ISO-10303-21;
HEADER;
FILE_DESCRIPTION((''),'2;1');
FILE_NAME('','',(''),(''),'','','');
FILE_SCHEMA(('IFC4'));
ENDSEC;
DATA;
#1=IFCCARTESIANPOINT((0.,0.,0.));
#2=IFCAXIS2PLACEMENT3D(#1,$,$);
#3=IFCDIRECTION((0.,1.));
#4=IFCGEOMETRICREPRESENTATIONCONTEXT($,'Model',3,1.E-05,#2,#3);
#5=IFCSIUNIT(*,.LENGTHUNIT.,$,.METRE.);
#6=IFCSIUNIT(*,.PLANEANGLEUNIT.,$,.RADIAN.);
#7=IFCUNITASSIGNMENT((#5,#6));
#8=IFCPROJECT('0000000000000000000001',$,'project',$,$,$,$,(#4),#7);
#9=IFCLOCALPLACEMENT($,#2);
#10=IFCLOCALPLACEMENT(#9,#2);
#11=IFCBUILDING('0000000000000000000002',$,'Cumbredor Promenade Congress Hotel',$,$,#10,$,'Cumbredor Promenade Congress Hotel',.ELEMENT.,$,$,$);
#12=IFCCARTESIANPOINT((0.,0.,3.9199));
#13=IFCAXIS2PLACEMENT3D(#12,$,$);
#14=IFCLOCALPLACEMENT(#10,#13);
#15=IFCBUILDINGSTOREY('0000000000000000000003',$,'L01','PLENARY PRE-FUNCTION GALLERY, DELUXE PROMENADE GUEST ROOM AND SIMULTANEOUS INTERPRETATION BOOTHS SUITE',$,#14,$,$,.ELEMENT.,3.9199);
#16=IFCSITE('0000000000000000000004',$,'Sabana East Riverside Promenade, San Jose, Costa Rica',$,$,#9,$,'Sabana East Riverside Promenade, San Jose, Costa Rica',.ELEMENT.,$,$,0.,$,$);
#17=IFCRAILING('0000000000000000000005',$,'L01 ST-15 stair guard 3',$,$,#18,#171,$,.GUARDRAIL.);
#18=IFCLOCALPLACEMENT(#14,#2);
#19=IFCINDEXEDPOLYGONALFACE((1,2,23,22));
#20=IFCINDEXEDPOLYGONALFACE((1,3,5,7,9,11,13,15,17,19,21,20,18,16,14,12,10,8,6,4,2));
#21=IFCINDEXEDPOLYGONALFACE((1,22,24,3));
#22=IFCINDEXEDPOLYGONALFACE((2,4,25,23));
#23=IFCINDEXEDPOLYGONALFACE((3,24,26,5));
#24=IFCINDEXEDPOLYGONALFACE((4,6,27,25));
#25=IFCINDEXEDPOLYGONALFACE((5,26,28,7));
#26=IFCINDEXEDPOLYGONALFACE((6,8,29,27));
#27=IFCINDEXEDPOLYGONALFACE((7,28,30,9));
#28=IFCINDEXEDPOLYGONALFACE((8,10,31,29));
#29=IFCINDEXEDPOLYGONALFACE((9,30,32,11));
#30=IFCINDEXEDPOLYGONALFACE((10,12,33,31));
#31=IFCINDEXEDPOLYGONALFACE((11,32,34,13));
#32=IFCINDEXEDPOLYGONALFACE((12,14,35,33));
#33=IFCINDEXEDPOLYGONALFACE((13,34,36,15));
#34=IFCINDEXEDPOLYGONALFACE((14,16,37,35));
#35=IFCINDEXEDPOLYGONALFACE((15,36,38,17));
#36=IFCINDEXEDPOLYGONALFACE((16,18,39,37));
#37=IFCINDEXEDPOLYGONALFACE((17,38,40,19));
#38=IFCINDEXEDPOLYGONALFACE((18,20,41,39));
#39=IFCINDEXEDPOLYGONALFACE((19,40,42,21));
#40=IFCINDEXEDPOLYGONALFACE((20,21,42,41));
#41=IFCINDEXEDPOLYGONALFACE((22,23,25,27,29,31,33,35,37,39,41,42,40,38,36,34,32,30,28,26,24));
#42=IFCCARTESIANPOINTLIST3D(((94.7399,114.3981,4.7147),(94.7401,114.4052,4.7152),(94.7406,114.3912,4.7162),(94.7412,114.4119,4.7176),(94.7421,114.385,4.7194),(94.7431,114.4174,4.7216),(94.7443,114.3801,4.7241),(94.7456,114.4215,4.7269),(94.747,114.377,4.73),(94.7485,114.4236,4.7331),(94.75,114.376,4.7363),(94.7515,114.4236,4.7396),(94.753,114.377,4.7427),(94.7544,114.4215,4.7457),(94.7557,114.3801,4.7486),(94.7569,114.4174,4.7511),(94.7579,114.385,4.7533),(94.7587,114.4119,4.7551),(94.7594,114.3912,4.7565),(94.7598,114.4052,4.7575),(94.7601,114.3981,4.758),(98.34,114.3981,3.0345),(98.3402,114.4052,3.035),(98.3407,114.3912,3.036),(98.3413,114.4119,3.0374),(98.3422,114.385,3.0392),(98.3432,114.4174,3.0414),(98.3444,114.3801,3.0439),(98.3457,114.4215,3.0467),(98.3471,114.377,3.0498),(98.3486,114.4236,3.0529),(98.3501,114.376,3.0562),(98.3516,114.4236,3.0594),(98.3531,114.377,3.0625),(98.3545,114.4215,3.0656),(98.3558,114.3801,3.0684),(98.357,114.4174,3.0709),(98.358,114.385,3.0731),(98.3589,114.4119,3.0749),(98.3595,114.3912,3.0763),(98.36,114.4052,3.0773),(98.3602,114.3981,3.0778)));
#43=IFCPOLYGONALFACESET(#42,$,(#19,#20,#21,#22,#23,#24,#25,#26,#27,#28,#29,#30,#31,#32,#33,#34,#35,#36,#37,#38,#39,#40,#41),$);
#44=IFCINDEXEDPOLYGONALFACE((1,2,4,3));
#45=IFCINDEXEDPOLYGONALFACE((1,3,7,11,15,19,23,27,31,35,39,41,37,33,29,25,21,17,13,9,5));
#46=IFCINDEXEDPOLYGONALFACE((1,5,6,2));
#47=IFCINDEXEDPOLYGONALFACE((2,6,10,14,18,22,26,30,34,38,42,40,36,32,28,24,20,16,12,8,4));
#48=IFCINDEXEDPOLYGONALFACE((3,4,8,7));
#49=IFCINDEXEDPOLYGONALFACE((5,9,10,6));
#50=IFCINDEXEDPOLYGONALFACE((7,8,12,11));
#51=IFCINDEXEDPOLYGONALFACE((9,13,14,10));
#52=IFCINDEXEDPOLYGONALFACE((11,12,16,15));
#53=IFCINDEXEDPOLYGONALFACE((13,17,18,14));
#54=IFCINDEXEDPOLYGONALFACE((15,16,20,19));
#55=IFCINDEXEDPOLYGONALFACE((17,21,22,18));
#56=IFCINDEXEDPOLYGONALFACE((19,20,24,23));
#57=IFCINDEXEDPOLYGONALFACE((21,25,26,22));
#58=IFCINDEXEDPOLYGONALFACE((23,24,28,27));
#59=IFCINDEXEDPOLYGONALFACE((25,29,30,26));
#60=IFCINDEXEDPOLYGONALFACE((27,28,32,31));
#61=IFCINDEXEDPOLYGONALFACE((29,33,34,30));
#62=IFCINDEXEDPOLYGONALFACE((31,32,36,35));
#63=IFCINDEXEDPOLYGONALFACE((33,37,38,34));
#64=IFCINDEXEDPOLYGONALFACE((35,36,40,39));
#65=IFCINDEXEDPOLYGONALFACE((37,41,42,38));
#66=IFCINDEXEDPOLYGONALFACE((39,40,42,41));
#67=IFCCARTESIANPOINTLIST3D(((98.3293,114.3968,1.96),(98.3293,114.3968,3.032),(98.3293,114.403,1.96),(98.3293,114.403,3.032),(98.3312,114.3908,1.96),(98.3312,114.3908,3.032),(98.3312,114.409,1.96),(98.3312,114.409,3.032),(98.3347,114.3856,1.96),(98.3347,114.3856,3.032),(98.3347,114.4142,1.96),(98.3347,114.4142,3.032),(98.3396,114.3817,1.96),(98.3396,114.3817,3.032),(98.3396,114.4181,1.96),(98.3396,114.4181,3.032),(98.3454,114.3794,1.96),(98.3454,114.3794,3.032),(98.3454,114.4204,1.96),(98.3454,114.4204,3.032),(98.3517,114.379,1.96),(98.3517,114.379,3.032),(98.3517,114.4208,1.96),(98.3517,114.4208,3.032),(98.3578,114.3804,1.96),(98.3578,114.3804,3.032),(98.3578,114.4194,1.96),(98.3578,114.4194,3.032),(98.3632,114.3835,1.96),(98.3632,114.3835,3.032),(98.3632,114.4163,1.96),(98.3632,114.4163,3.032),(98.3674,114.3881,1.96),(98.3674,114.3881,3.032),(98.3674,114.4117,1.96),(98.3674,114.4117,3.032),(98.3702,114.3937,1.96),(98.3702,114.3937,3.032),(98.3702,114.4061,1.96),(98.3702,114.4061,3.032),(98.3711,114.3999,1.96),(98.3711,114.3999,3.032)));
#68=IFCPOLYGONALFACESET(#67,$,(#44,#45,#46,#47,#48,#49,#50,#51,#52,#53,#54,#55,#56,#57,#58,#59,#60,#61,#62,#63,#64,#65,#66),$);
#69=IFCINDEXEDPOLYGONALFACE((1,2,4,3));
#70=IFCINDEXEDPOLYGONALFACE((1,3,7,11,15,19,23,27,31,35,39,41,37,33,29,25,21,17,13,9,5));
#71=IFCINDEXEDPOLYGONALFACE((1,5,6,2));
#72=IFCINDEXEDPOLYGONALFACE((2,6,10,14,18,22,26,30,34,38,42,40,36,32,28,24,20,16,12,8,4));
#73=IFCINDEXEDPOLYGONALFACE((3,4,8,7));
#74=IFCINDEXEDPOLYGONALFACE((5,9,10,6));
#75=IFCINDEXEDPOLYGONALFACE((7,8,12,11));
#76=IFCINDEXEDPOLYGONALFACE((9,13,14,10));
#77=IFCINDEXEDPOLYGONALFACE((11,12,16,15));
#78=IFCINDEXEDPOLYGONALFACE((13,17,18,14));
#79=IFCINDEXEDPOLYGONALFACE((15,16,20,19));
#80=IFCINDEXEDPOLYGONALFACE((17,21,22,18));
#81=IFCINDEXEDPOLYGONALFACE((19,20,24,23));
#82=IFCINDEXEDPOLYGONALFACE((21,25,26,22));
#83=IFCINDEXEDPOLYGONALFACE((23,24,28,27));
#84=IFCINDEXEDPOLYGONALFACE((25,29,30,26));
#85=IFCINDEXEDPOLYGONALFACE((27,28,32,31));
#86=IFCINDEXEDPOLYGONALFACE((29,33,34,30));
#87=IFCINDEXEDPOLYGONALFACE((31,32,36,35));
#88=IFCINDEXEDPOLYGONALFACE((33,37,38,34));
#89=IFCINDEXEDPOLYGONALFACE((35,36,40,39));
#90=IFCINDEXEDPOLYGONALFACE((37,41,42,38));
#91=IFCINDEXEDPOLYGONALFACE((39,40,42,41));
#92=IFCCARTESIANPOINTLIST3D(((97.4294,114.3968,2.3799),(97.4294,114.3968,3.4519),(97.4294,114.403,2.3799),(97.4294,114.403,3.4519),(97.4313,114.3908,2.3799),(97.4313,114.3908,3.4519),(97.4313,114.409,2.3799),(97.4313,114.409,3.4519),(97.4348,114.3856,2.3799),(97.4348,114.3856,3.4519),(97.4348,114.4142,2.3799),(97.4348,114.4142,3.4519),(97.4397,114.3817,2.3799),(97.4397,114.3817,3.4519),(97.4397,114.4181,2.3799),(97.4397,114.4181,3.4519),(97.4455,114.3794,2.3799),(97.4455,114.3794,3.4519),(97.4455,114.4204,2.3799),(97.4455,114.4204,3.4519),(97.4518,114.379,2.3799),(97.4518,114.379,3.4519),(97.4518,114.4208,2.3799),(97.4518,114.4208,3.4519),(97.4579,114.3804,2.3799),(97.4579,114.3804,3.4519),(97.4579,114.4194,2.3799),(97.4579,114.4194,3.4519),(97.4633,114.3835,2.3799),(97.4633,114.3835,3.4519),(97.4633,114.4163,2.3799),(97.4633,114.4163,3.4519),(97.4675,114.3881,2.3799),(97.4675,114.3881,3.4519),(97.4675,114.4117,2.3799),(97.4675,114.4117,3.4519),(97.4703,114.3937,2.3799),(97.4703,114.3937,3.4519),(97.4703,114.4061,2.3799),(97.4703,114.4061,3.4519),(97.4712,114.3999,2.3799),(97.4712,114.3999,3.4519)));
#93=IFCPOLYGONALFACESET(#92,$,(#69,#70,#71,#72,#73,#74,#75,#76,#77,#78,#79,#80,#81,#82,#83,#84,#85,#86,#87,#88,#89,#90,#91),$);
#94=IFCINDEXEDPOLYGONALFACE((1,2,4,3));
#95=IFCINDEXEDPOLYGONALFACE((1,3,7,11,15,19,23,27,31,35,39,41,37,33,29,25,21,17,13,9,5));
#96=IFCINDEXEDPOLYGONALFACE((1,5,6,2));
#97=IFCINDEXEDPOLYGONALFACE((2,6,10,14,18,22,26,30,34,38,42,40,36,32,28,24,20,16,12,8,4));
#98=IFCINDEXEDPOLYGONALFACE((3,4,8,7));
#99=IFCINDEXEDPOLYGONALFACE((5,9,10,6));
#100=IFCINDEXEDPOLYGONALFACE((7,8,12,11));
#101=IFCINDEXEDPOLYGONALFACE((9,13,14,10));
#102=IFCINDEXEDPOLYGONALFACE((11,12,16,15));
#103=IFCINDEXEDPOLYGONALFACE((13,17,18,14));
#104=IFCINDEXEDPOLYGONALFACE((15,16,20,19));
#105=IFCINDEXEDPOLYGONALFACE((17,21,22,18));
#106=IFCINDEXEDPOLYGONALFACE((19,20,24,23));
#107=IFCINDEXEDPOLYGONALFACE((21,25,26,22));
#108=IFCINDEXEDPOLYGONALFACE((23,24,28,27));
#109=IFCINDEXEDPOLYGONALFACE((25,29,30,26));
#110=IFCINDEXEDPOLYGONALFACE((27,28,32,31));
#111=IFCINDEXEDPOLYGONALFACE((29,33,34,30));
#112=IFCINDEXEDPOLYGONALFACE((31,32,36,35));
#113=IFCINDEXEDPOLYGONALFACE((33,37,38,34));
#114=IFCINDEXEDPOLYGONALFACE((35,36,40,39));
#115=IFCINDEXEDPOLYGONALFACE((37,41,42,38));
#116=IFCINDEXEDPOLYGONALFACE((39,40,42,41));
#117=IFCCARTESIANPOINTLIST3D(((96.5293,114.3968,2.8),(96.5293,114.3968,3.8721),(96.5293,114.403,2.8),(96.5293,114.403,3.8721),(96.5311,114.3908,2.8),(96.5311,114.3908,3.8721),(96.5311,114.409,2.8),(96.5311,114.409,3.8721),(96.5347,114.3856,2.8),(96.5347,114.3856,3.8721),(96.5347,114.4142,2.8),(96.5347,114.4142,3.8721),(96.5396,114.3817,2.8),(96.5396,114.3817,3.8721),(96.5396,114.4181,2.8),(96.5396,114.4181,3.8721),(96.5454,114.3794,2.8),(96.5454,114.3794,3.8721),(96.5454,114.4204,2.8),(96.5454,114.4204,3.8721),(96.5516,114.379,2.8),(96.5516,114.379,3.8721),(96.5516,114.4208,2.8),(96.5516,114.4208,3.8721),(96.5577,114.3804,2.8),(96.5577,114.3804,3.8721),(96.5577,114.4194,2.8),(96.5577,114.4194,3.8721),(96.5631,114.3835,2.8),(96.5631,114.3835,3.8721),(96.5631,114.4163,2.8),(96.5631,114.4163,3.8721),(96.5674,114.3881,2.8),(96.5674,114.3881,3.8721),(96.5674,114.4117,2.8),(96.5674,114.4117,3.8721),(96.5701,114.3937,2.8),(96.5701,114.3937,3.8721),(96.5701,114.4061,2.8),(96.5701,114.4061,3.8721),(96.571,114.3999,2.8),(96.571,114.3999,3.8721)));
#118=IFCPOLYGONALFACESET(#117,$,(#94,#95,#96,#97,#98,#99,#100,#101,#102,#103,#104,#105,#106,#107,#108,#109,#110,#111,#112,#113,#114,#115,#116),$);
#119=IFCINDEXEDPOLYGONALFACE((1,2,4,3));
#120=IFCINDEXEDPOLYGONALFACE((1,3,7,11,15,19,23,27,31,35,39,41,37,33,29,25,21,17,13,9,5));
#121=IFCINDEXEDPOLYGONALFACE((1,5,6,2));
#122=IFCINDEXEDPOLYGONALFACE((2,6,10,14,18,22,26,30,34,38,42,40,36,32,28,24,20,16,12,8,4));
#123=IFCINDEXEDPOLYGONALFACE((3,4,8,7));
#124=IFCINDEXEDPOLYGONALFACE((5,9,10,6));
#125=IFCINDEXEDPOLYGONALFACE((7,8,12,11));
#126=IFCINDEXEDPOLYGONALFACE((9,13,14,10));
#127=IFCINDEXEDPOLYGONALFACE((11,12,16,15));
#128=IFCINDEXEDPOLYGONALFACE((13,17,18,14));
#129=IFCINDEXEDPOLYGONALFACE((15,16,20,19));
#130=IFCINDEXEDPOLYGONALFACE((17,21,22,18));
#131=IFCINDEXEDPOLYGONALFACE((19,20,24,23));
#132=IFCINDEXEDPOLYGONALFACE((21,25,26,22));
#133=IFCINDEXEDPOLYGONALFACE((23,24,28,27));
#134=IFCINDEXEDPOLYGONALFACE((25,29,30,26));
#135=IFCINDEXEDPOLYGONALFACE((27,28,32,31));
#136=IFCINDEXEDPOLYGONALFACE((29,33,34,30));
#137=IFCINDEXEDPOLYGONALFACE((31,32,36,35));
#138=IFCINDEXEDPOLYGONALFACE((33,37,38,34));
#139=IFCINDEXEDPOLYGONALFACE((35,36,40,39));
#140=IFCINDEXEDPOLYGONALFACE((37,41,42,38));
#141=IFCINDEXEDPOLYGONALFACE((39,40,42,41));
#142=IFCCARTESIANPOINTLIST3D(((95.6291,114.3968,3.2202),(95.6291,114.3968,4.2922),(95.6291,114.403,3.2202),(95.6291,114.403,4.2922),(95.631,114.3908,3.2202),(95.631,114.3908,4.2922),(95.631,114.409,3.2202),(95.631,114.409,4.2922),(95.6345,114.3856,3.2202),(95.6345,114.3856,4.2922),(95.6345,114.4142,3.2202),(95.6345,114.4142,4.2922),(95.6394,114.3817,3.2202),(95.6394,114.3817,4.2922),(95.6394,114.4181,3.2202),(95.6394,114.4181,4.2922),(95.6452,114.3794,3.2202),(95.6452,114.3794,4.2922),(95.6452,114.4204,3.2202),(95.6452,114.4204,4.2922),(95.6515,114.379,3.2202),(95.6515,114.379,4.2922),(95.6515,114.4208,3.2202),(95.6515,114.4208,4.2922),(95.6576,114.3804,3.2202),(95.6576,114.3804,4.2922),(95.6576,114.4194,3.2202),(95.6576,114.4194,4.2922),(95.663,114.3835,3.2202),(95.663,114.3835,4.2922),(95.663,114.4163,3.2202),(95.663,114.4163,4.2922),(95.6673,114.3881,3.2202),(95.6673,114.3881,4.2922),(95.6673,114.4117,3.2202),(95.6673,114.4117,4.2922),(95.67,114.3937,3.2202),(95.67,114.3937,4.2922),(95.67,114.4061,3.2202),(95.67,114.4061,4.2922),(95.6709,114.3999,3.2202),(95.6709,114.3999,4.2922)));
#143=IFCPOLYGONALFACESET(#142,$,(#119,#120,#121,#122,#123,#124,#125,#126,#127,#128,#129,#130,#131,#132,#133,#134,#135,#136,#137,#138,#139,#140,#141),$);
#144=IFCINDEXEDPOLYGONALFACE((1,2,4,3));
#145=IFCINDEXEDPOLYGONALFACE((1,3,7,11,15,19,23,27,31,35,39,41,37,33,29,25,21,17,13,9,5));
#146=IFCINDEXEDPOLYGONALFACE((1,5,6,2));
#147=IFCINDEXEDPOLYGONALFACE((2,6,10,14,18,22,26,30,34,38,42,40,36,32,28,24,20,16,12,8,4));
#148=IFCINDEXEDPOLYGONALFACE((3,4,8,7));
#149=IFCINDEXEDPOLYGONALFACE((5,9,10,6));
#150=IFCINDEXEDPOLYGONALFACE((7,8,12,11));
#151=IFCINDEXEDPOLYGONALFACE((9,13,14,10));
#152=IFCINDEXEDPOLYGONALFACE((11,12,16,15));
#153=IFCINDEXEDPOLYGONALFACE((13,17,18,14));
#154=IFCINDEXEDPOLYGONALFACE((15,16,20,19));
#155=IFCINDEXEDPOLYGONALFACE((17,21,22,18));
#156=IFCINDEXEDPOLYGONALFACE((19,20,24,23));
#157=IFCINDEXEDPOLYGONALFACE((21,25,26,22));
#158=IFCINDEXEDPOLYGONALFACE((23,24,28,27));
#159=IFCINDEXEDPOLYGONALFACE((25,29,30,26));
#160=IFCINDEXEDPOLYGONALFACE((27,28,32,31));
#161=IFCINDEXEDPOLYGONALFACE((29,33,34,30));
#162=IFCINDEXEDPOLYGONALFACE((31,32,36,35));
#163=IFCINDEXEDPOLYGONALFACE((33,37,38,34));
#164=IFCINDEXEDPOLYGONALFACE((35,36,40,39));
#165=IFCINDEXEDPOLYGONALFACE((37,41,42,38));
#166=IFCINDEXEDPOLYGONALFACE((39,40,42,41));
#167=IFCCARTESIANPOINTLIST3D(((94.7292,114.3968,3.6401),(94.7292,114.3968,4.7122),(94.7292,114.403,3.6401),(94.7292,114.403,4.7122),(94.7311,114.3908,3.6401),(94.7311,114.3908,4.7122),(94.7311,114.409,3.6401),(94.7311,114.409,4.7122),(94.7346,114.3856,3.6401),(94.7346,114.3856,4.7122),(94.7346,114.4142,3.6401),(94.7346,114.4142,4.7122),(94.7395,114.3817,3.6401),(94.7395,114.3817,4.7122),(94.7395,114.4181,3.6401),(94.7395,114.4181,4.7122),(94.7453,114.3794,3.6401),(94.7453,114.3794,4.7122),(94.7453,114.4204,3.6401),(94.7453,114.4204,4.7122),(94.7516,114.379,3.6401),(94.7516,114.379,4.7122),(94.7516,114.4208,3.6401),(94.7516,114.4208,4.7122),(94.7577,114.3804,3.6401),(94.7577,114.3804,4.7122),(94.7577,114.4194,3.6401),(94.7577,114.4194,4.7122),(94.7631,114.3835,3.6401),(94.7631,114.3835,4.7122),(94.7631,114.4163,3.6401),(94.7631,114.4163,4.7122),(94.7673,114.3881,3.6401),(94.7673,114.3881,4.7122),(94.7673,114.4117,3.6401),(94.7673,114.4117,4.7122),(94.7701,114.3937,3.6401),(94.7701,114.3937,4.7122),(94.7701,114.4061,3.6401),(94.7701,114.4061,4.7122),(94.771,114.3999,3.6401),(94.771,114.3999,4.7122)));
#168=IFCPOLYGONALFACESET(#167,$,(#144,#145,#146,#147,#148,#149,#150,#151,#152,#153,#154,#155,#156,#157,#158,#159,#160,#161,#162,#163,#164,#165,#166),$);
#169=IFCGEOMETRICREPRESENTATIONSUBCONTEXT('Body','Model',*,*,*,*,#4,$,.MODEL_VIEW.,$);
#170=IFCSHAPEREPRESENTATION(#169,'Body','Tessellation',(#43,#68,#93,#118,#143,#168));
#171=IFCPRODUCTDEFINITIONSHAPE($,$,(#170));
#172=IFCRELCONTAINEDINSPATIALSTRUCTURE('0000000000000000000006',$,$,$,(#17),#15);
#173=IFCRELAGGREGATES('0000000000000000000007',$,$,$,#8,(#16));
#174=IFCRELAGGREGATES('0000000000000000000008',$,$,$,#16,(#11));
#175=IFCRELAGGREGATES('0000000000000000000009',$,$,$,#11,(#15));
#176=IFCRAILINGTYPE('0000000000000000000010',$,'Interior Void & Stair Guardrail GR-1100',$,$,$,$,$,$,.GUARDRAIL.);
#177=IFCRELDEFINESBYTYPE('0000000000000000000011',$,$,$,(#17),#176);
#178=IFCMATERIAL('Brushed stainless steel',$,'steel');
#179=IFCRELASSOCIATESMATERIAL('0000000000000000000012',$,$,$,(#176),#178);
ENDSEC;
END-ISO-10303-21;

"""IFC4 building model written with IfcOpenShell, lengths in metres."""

from ifc_helpers import new_model, si_unit, direction, frame, origin, origin_2d, place, context, subcontext, project, spatial, circle, extrude, material, type_object, element, save


model = new_model("IFC4")

# Units and contexts
model_context = context("Model", 3, precision=1e-05, world=origin(), true_north=direction((0.0, 1.0)))
body_context = subcontext(model_context, "Body", "Model", "MODEL_VIEW")
ifc_project = project(units=[si_unit("LENGTHUNIT", "METRE"), si_unit("PLANEANGLEUNIT", "RADIAN")], contexts=[model_context])

# Site, building, storey
site_placement = place(None, origin())
site = spatial("IfcSite", under=ifc_project, at=site_placement, Name="Sabana East Riverside Promenade, San Jose, Costa Rica", LongName="Sabana East Riverside Promenade, San Jose, Costa Rica", CompositionType="ELEMENT", RefElevation=0.0)
building_placement = place(site_placement, origin())
building = spatial("IfcBuilding", under=site, at=building_placement, Name="Cumbredor Promenade Congress Hotel", LongName="Cumbredor Promenade Congress Hotel", CompositionType="ELEMENT")
storey_placement = place(building_placement, frame((0.0, 0.0, 3.9199)))
storey = spatial("IfcBuildingStorey", under=building, at=storey_placement, Name="L01", Description="PLENARY PRE-FUNCTION GALLERY, DELUXE PROMENADE GUEST ROOM AND SIMULTANEOUS INTERPRETATION BOOTHS SUITE", CompositionType="ELEMENT", Elevation=3.9199)

# Railing
ifc_material_1 = material(Name="Brushed stainless steel", Category="steel")
railing_type_1 = type_object("IfcRailingType", Name="Interior Void & Stair Guardrail GR-1100", PredefinedType="GUARDRAIL", material=ifc_material_1)
railing_1_placement = place(storey_placement, frame((98.3501, 114.3999, 1.96)))
element("IfcRailing", 1, at=railing_1_placement, inside=storey, type_object=railing_type_1, Name="L01 ST-15 stair guard 3", PredefinedType="GUARDRAIL", context=body_context, shape_type="SweptSolid", body=[
    extrude(circle(Radius=0.0239, at=origin_2d()), frame((0.0, 0.0, 1.0962), z_axis=(-0.906171, 0.0, 0.422912), x_axis=(0.0, -1.0, 0.0)), (0.0, 0.0, 1.0), 3.9729),
    extrude(circle(Radius=0.021, at=origin_2d()), origin(), (0.0, 0.0, 1.0), 1.072),
    extrude(circle(Radius=0.021, at=origin_2d()), frame((-0.8999, 0.0, 0.4199)), (0.0, 0.0, 1.0), 1.072),
    extrude(circle(Radius=0.021, at=origin_2d()), frame((-1.8, 0.0, 0.8401)), (0.0, 0.0, 1.0), 1.072),
    extrude(circle(Radius=0.021, at=origin_2d()), frame((-2.7002, 0.0, 1.2603)), (0.0, 0.0, 1.0), 1.072),
    extrude(circle(Radius=0.021, at=origin_2d()), frame((-3.6001, 0.0, 1.6802)), (0.0, 0.0, 1.0), 1.072),
])

save(model, "model.ifc")
